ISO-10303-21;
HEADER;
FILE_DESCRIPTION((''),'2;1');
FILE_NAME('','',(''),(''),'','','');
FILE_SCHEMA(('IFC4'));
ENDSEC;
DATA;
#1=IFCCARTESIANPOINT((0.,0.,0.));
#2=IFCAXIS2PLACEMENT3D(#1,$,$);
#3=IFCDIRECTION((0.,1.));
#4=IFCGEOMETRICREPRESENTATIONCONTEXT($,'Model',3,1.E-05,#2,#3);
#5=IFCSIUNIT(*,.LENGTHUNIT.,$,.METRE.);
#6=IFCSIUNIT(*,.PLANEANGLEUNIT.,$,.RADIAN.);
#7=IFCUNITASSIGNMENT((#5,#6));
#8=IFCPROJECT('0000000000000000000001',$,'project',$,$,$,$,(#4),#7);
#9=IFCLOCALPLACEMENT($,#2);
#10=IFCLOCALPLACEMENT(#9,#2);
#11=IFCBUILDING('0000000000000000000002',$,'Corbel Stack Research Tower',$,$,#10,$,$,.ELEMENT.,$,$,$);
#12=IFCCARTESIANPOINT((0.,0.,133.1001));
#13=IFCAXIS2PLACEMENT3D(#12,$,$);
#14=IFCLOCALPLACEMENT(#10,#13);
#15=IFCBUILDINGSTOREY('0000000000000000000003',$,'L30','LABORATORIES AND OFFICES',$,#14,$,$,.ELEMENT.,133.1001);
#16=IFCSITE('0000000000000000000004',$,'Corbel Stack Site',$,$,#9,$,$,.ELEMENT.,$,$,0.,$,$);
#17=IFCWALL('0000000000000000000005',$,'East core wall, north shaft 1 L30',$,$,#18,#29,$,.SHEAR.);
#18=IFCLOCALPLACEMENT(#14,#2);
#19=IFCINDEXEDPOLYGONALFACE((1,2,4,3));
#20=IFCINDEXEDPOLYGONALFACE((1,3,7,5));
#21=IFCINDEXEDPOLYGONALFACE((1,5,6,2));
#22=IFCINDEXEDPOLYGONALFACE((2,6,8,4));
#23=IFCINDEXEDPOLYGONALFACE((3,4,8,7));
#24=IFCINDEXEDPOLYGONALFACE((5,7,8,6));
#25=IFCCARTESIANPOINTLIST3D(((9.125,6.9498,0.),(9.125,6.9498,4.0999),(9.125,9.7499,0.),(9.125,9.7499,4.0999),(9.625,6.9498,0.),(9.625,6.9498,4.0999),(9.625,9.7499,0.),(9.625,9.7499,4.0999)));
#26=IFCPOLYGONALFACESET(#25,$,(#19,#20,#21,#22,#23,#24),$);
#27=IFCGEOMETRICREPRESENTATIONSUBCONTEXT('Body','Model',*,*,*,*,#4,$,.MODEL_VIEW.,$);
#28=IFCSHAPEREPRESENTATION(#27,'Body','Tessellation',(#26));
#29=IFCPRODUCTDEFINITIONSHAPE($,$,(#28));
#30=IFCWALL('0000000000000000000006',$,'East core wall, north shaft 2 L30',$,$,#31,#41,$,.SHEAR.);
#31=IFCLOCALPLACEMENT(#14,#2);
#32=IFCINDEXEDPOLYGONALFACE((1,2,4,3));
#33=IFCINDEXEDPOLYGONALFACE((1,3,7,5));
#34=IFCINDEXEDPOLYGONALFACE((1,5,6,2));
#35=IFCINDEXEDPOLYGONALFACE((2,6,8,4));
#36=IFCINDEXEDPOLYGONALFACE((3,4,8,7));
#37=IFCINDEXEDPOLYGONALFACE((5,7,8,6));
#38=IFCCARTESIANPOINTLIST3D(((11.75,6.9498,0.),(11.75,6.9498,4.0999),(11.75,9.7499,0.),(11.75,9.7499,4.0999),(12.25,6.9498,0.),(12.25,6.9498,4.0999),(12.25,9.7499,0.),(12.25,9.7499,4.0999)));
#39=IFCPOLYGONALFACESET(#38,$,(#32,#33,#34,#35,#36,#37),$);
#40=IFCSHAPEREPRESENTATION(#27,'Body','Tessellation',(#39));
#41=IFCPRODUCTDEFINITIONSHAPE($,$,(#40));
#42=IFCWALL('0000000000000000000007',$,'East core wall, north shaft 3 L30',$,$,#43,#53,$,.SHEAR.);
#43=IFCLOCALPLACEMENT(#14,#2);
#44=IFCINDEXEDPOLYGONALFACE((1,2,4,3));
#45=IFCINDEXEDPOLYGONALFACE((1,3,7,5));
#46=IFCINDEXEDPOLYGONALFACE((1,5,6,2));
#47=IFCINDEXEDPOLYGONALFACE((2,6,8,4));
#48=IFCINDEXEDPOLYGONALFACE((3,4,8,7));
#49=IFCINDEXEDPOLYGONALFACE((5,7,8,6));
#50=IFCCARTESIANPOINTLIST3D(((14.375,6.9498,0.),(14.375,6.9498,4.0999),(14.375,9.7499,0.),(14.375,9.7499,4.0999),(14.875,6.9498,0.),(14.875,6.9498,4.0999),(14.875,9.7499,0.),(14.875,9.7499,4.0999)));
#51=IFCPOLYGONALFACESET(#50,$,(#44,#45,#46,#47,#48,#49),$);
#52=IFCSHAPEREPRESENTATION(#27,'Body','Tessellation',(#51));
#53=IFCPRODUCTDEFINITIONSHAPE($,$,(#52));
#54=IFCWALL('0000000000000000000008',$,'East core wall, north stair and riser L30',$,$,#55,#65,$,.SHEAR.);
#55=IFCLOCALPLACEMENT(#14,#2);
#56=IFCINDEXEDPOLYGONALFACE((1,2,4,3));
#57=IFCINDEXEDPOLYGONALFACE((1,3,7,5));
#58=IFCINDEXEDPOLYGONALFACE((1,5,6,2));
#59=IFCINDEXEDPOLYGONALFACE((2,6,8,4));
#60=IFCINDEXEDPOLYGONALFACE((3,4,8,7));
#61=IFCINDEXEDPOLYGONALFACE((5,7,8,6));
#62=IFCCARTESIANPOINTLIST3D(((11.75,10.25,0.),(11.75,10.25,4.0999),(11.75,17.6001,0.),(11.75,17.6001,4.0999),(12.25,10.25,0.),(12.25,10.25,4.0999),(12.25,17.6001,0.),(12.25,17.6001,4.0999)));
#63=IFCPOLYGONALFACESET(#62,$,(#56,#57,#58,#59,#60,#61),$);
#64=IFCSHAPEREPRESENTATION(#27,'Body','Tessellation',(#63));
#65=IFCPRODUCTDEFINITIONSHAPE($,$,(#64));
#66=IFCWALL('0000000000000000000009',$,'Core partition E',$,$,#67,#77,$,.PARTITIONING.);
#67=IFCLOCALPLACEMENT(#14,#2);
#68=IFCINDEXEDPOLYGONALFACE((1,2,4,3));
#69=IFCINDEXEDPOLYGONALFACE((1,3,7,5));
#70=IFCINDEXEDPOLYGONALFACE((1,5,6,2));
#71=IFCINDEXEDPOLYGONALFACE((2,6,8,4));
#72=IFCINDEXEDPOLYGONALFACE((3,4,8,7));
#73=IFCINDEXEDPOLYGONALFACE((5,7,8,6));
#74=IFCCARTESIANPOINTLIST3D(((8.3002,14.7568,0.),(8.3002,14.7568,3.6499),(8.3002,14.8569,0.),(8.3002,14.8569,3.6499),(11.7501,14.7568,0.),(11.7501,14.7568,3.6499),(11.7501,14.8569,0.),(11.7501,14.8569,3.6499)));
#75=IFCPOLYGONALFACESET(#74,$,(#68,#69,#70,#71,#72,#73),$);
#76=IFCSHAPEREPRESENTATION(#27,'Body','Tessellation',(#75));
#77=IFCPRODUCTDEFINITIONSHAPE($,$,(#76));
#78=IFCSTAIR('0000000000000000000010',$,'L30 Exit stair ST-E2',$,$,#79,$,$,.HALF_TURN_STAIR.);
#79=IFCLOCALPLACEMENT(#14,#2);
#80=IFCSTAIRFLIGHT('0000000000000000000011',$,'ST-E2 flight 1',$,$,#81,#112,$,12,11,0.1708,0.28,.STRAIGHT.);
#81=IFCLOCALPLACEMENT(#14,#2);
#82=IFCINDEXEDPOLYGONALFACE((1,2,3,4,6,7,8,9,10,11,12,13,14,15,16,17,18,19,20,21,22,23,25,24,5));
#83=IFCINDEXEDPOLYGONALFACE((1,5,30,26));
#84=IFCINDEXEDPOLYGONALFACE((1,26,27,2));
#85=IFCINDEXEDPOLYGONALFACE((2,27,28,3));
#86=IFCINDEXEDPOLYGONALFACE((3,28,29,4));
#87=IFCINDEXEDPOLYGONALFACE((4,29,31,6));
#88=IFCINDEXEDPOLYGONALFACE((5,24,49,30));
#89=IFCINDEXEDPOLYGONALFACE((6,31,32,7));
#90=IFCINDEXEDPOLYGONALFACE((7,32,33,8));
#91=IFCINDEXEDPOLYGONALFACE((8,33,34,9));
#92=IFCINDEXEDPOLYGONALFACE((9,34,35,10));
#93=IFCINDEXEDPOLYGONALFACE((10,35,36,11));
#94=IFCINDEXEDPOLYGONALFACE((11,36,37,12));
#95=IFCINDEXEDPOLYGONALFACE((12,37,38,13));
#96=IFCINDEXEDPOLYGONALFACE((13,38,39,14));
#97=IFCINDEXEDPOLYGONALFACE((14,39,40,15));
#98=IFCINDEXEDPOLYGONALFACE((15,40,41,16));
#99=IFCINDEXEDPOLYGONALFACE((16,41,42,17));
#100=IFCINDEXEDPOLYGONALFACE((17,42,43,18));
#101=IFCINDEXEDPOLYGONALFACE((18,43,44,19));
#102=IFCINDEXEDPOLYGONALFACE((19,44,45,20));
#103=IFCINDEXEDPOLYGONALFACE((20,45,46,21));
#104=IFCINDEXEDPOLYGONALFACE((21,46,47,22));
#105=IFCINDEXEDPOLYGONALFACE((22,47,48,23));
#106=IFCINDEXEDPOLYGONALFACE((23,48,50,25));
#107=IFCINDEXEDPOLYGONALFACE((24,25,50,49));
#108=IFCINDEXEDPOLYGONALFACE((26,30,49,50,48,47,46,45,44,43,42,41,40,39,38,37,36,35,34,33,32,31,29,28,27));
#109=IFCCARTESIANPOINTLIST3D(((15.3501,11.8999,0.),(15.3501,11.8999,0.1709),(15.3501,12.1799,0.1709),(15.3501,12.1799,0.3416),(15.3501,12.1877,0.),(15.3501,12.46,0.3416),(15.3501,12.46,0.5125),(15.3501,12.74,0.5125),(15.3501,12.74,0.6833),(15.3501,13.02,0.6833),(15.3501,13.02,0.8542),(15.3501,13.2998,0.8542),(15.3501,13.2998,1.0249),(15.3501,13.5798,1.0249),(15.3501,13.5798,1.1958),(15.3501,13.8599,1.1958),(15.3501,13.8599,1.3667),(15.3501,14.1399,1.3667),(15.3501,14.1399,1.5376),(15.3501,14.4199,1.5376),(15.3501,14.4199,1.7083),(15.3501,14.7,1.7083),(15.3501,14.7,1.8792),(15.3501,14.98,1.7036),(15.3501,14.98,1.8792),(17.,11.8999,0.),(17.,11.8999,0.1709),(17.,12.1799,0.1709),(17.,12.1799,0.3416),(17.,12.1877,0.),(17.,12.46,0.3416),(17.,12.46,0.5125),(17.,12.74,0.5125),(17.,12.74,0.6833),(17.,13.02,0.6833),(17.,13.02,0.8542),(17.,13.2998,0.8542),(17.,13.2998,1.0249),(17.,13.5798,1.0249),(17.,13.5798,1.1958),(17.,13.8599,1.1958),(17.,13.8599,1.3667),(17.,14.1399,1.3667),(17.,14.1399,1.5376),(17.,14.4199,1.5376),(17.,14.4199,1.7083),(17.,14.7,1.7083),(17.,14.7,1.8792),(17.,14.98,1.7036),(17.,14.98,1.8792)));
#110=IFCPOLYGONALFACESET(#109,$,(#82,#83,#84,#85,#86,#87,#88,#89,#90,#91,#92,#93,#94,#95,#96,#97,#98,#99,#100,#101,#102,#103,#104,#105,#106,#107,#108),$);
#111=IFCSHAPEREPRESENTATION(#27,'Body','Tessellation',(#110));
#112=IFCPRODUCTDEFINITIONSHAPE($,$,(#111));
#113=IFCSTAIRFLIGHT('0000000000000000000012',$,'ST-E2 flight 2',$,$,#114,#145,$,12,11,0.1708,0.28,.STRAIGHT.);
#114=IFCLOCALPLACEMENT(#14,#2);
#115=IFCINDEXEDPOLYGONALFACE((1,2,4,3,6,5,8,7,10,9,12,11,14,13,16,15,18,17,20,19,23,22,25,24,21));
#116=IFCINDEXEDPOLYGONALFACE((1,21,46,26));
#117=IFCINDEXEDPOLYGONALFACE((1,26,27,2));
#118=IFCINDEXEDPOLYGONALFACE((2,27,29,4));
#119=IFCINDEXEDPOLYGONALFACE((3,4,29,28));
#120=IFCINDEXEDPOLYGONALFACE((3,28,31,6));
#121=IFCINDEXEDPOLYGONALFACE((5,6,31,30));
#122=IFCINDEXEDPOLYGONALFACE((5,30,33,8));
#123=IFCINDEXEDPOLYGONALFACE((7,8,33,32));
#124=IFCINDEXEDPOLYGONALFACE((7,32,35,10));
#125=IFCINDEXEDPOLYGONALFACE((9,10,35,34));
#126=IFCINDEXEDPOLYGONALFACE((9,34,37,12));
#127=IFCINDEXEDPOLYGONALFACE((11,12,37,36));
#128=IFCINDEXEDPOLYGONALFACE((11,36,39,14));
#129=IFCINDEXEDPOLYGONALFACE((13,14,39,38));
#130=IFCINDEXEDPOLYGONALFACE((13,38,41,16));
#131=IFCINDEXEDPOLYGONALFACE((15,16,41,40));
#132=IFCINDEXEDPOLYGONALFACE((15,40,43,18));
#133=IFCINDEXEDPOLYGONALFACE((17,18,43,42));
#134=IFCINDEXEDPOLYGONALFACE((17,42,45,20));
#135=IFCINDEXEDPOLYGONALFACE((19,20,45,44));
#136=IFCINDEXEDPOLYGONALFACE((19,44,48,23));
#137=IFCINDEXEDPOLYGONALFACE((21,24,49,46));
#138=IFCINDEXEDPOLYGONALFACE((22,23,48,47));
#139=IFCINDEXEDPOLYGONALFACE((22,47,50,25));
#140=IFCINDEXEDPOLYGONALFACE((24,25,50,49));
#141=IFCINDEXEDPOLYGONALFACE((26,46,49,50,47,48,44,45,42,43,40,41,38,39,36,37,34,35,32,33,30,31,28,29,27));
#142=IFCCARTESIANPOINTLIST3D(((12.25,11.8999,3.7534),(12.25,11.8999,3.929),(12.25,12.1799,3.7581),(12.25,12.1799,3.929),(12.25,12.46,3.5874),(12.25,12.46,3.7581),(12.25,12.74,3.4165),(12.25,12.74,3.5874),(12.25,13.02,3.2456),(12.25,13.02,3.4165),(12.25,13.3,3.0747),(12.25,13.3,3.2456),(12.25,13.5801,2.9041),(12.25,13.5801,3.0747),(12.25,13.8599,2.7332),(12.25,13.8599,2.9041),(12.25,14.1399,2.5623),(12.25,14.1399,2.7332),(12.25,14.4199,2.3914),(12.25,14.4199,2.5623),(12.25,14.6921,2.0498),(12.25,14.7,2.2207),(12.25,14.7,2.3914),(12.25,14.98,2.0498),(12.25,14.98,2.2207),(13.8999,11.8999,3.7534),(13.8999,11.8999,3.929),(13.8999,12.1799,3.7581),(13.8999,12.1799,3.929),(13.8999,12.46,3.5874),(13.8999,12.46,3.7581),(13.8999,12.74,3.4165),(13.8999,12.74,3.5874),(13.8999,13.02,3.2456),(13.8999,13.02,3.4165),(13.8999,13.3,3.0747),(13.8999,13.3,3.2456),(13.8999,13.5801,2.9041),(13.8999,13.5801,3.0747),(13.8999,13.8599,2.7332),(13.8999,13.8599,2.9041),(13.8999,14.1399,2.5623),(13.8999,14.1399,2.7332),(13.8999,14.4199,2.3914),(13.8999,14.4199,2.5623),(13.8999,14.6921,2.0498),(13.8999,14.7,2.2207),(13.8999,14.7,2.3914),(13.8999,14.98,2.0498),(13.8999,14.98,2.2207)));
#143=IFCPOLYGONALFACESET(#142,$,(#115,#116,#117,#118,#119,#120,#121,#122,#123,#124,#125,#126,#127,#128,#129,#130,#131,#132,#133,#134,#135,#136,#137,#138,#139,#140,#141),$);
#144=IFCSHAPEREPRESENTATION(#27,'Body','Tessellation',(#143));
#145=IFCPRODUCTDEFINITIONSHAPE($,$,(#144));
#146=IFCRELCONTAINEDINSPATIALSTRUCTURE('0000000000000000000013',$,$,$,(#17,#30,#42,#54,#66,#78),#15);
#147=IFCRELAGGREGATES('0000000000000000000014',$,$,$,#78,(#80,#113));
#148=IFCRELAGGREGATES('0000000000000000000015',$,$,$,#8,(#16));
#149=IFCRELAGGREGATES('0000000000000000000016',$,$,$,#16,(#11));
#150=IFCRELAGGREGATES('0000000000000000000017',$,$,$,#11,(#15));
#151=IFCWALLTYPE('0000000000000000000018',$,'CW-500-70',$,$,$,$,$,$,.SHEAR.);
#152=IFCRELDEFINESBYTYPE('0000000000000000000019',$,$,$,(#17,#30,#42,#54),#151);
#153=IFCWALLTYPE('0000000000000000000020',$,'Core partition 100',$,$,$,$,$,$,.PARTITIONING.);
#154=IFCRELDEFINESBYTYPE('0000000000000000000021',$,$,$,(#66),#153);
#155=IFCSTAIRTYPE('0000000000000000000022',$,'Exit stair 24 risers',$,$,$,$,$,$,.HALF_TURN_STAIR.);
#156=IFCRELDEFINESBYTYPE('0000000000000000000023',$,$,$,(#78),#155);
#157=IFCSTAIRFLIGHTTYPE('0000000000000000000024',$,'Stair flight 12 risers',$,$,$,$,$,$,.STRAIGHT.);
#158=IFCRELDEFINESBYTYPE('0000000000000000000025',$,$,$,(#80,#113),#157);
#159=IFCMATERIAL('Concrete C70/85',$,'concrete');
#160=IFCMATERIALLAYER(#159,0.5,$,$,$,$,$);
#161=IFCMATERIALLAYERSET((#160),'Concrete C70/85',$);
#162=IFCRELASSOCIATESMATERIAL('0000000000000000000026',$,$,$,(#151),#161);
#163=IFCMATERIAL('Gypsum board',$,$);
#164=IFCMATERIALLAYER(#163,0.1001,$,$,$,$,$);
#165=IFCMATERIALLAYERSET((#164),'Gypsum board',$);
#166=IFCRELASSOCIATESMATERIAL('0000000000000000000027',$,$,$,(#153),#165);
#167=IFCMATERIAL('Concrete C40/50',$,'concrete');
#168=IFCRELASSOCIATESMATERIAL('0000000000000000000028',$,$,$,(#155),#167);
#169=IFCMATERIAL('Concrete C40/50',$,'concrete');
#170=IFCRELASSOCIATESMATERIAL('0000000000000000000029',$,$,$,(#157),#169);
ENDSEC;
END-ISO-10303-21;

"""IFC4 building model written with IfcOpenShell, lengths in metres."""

from ifc_helpers import new_model, si_unit, direction, frame, frame_2d, origin, place, context, subcontext, project, spatial, polyline, rectangle, outline, extrude, material, layer, layer_set, type_object, element, aggregate, save


model = new_model("IFC4")

# Units and contexts
model_context = context("Model", 3, precision=1e-05, world=origin(), true_north=direction((0.0, 1.0)))
body_context = subcontext(model_context, "Body", "Model", "MODEL_VIEW")
ifc_project = project(units=[si_unit("LENGTHUNIT", "METRE"), si_unit("PLANEANGLEUNIT", "RADIAN")], contexts=[model_context])

# Site, building, storey
site_placement = place(None, origin())
site = spatial("IfcSite", under=ifc_project, at=site_placement, Name="Corbel Stack Site", CompositionType="ELEMENT", RefElevation=0.0)
building_placement = place(site_placement, origin())
building = spatial("IfcBuilding", under=site, at=building_placement, Name="Corbel Stack Research Tower", CompositionType="ELEMENT")
storey_placement = place(building_placement, frame((0.0, 0.0, 133.1001)))
storey = spatial("IfcBuildingStorey", under=building, at=storey_placement, Name="L30", Description="LABORATORIES AND OFFICES", CompositionType="ELEMENT", Elevation=133.1001)

# Walls
ifc_material_1 = material(Name="Concrete C70/85", Category="concrete")
ifc_layer_1 = layer(ifc_material_1, 0.5)
ifc_layer_set_1 = layer_set([ifc_layer_1], Name="Concrete C70/85")
wall_type_1 = type_object("IfcWallType", Name="CW-500-70", PredefinedType="SHEAR", material=ifc_layer_set_1)
for number, where, z_axis, x_axis, name in (
    (1, (9.375, 6.95, 0.0), (0.0, 0.0, 1.0), (0.0, 1.0, 0.0), "East core wall, north shaft 1 L30"),
    (2, (12.0, 6.95, 0.0), (0.0, 0.0, 1.0), (0.0, 1.0, 0.0), "East core wall, north shaft 2 L30"),
    (3, (14.625, 6.95, 0.0), (0.0, 0.0, 1.0), (0.0, 1.0, 0.0), "East core wall, north shaft 3 L30"),
):
    element("IfcWall", number, at=place(storey_placement, frame(where, z_axis=z_axis, x_axis=x_axis)), inside=storey, type_object=wall_type_1, Name=name, PredefinedType="SHEAR", context=body_context, shape_type="SweptSolid", body=[
        extrude(rectangle(XDim=2.8, YDim=0.5, at=frame_2d((1.3999, 0.0))), origin(), (0.0, 0.0, 1.0), 4.0999),
    ])
wall_1_placement = place(storey_placement, frame((12.0, 10.25, 0.0), z_axis=(0.0, 0.0, 1.0), x_axis=(0.0, 1.0, 0.0)))
element("IfcWall", 4, at=wall_1_placement, inside=storey, type_object=wall_type_1, Name="East core wall, north stair and riser L30", PredefinedType="SHEAR", context=body_context, shape_type="SweptSolid", body=[
    extrude(rectangle(XDim=7.3501, YDim=0.5, at=frame_2d((3.675, 0.0))), origin(), (0.0, 0.0, 1.0), 4.0999),
])
ifc_material_2 = material(Name="Gypsum board")
ifc_layer_2 = layer(ifc_material_2, 0.1001)
ifc_layer_set_2 = layer_set([ifc_layer_2], Name="Gypsum board")
wall_type_2 = type_object("IfcWallType", Name="Core partition 100", PredefinedType="PARTITIONING", material=ifc_layer_set_2)
wall_2_placement = place(storey_placement, frame((8.3, 14.8069, 0.0), z_axis=(0.0, 0.0, 1.0), x_axis=(1.0, 0.0, 0.0)))
element("IfcWall", 5, at=wall_2_placement, inside=storey, type_object=wall_type_2, Name="Core partition E", PredefinedType="PARTITIONING", context=body_context, shape_type="SweptSolid", body=[
    extrude(rectangle(XDim=3.45, YDim=0.1001, at=frame_2d((1.7251, 0.0))), origin(), (0.0, 0.0, 1.0), 3.6499),
])

# Stair, stair flights
ifc_material_3 = material(Name="Concrete C40/50", Category="concrete")
stair_type = type_object("IfcStairType", Name="Exit stair 24 risers", PredefinedType="HALF_TURN_STAIR", material=ifc_material_3)
stair_placement = place(storey_placement, origin())
stair = element("IfcStair", 6, at=stair_placement, inside=storey, type_object=stair_type, Name="L30 Exit stair ST-E2", PredefinedType="HALF_TURN_STAIR")
ifc_material_4 = material(Name="Concrete C40/50", Category="concrete")
stair_flight_type = type_object("IfcStairFlightType", Name="Stair flight 12 risers", PredefinedType="STRAIGHT", material=ifc_material_4)
stair_flight_1_placement = place(storey_placement, frame((16.175, 11.8999, 0.0), z_axis=(0.0, 0.0, 1.0), x_axis=(0.0, 1.0, 0.0)))
stair_flight_1 = element("IfcStairFlight", 7, at=stair_flight_1_placement, type_object=stair_flight_type, Name="ST-E2 flight 1", NumberOfRisers=12, NumberOfTreads=11, PredefinedType="STRAIGHT", RiserHeight=0.1708, TreadLength=0.28, context=body_context, shape_type="SweptSolid", body=[
    extrude(outline(polyline([(0.0, 0.0), (0.0, 0.1709), (0.28, 0.1709), (0.28, 0.3416), (0.5601, 0.3416), (0.5601, 0.5125), (0.8401, 0.5125), (0.8401, 0.6833), (1.1201, 0.6833), (1.1201, 0.8542), (1.3999, 0.8542), (1.3999, 1.0249), (1.6799, 1.0249), (1.6799, 1.1958), (1.96, 1.1958), (1.96, 1.3667), (2.24, 1.3667), (2.24, 1.5376), (2.52, 1.5376), (2.52, 1.7083), (2.8, 1.7083), (2.8, 1.8792), (3.0801, 1.8792), (3.0801, 2.05), (3.0801, 1.7036), (0.2878, 0.0), (0.0, 0.0)])), frame((0.0, 0.825, 0.0), z_axis=(0.0, -1.0, 0.0), x_axis=(1.0, 0.0, 0.0)), (0.0, 0.0, 1.0), 1.6499),
])
stair_flight_2_placement = place(storey_placement, frame((13.075, 14.98, 2.0498), z_axis=(0.0, 0.0, 1.0), x_axis=(0.0, -1.0, 0.0)))
stair_flight_2 = element("IfcStairFlight", 8, at=stair_flight_2_placement, type_object=stair_flight_type, Name="ST-E2 flight 2", NumberOfRisers=12, NumberOfTreads=11, PredefinedType="STRAIGHT", RiserHeight=0.1708, TreadLength=0.28, context=body_context, shape_type="SweptSolid", body=[
    extrude(outline(polyline([(0.0, 0.0), (0.0, 0.1709), (0.28, 0.1709), (0.28, 0.3416), (0.5601, 0.3416), (0.5601, 0.5125), (0.8401, 0.5125), (0.8401, 0.6833), (1.1201, 0.6833), (1.1201, 0.8542), (1.3999, 0.8542), (1.3999, 1.0249), (1.6799, 1.0249), (1.6799, 1.1958), (1.96, 1.1958), (1.96, 1.3667), (2.24, 1.3667), (2.24, 1.5376), (2.52, 1.5376), (2.52, 1.7083), (2.8, 1.7083), (2.8, 1.8792), (3.0801, 1.8792), (3.0801, 2.05), (3.0801, 1.7036), (0.2878, 0.0), (0.0, 0.0)])), frame((0.0, 0.825, 0.0), z_axis=(0.0, -1.0, 0.0), x_axis=(1.0, 0.0, 0.0)), (0.0, 0.0, 1.0), 1.6499),
])
aggregate(stair, [stair_flight_1, stair_flight_2])

save(model, "model.ifc")
